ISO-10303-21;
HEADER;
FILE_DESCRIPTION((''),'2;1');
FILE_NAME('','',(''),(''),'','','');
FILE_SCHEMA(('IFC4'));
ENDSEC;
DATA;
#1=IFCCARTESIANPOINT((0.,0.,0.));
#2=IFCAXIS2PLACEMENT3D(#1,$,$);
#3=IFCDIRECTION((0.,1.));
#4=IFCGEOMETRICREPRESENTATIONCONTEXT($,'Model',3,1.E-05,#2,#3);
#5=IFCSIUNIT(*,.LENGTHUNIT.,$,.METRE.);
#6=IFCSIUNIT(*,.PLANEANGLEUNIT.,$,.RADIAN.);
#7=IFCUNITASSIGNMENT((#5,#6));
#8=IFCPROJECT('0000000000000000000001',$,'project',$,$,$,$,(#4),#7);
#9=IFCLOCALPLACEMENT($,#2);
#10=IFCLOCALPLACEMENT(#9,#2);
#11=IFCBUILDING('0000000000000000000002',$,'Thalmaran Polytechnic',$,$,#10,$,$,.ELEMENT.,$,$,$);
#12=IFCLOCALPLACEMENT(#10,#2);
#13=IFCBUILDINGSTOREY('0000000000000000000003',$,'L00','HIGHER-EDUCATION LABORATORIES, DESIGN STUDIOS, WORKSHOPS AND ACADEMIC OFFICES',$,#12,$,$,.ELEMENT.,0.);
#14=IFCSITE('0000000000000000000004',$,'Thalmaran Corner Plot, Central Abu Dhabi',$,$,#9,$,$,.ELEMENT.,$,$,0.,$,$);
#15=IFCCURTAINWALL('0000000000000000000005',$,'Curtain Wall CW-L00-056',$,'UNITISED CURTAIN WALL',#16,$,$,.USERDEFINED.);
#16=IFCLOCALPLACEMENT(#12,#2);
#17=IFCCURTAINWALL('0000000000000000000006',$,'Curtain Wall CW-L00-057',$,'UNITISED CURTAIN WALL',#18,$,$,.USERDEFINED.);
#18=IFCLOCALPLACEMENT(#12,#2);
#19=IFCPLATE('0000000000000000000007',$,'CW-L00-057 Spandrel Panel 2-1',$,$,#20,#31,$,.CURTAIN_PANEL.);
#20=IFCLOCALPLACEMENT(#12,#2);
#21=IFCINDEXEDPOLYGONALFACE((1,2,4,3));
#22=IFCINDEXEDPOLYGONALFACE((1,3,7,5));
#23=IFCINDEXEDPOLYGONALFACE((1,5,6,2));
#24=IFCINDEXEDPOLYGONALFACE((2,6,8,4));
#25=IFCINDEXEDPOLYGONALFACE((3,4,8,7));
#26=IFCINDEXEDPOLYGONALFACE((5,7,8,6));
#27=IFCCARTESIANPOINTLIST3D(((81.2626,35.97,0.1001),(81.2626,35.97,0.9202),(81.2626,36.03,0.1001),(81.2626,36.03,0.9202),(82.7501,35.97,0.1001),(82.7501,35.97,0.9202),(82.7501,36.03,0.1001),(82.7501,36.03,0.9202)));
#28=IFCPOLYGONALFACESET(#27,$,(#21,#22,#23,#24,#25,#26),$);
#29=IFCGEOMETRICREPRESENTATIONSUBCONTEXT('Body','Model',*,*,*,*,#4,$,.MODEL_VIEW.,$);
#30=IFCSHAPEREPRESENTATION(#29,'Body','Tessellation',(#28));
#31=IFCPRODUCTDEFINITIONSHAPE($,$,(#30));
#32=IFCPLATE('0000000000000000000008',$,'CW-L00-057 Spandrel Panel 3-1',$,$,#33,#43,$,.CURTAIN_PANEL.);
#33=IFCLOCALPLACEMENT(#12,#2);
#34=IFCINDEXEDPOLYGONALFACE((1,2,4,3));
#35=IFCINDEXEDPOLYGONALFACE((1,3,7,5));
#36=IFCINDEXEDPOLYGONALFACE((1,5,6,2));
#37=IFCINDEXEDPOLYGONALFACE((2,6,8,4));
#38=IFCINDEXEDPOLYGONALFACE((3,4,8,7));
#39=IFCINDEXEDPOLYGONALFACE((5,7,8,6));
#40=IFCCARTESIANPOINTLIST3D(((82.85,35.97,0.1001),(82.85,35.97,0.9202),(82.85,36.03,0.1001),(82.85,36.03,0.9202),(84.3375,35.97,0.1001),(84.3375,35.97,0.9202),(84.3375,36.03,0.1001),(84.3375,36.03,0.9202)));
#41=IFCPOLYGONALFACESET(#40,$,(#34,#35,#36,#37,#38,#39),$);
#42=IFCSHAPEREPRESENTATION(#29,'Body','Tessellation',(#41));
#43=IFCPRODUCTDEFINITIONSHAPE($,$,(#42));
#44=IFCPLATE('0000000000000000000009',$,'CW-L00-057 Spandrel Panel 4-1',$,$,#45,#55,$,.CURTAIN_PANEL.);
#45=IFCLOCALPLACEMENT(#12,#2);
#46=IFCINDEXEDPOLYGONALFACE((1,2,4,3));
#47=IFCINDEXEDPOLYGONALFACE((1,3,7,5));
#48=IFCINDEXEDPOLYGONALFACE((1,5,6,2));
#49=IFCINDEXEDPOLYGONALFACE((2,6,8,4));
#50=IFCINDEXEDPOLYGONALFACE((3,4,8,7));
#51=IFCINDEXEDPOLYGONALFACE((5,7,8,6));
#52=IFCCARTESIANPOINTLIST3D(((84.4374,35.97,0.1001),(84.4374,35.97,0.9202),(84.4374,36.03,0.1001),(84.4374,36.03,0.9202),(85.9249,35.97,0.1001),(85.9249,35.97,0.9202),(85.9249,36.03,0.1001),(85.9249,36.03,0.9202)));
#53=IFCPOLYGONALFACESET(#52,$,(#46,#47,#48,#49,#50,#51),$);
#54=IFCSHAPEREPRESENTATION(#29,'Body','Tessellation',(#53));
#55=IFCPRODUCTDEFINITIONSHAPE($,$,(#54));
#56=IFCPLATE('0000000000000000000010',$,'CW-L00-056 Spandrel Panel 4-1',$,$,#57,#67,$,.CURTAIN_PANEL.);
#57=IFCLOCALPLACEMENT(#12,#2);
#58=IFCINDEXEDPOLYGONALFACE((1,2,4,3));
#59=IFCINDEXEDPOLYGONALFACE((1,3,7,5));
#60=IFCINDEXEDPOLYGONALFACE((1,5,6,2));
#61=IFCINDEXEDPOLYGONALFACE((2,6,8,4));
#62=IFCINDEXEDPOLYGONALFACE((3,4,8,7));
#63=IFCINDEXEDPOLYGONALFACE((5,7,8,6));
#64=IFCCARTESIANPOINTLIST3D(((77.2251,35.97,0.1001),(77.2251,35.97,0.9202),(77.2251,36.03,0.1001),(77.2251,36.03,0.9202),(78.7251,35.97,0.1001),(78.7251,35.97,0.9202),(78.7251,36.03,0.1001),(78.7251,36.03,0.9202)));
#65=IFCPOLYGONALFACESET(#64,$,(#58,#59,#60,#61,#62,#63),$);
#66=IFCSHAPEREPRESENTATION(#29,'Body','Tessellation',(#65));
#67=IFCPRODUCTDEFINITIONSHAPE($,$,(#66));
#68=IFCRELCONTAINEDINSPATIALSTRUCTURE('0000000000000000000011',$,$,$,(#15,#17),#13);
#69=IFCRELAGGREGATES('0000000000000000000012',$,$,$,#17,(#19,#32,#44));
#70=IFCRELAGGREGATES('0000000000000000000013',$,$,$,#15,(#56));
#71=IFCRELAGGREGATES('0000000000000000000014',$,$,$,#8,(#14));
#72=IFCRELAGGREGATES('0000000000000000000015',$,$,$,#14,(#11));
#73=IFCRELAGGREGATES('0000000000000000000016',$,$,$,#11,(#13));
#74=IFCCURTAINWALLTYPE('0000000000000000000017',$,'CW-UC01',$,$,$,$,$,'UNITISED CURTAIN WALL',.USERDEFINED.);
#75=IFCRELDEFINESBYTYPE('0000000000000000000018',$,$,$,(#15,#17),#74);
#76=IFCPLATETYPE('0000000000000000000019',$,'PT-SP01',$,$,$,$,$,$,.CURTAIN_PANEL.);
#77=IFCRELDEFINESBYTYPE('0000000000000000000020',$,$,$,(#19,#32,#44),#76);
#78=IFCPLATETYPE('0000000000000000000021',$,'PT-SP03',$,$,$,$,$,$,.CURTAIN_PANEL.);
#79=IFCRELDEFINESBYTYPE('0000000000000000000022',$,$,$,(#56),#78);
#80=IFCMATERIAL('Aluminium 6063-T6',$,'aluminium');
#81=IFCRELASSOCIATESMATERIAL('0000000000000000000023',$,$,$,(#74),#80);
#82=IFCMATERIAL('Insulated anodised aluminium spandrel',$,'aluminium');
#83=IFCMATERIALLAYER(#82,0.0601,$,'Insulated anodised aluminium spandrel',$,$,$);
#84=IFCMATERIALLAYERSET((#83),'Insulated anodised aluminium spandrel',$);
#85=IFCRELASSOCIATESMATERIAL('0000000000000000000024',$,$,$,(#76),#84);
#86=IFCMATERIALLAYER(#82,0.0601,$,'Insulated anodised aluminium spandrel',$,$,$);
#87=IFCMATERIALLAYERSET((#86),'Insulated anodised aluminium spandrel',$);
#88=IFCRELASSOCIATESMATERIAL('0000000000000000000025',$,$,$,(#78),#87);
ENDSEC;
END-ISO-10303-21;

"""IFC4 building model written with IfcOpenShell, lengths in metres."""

from ifc_helpers import new_model, si_unit, direction, frame, origin, origin_2d, place, context, subcontext, project, spatial, rectangle, extrude, material, layer, layer_set, type_object, element, aggregate, save


model = new_model("IFC4")

# Units and contexts
model_context = context("Model", 3, precision=1e-05, world=origin(), true_north=direction((0.0, 1.0)))
body_context = subcontext(model_context, "Body", "Model", "MODEL_VIEW")
ifc_project = project(units=[si_unit("LENGTHUNIT", "METRE"), si_unit("PLANEANGLEUNIT", "RADIAN")], contexts=[model_context])

# Site, building, storey
site_placement = place(None, origin())
site = spatial("IfcSite", under=ifc_project, at=site_placement, Name="Thalmaran Corner Plot, Central Abu Dhabi", CompositionType="ELEMENT", RefElevation=0.0)
building_placement = place(site_placement, origin())
building = spatial("IfcBuilding", under=site, at=building_placement, Name="Thalmaran Polytechnic", CompositionType="ELEMENT")
storey_placement = place(building_placement, origin())
storey = spatial("IfcBuildingStorey", under=building, at=storey_placement, Name="L00", Description="HIGHER-EDUCATION LABORATORIES, DESIGN STUDIOS, WORKSHOPS AND ACADEMIC OFFICES", CompositionType="ELEMENT", Elevation=0.0)

# Curtain walls
ifc_material_1 = material(Name="Aluminium 6063-T6", Category="aluminium")
curtain_wall_type = type_object("IfcCurtainWallType", Name="CW-UC01", ElementType="UNITISED CURTAIN WALL", PredefinedType="USERDEFINED", material=ifc_material_1)
curtain_wall_1_placement = place(storey_placement, origin())
curtain_wall_1 = element("IfcCurtainWall", 1, at=curtain_wall_1_placement, inside=storey, type_object=curtain_wall_type, Name="Curtain Wall CW-L00-056", ObjectType="UNITISED CURTAIN WALL", PredefinedType="USERDEFINED")
curtain_wall_2_placement = place(storey_placement, origin())
curtain_wall_2 = element("IfcCurtainWall", 2, at=curtain_wall_2_placement, inside=storey, type_object=curtain_wall_type, Name="Curtain Wall CW-L00-057", ObjectType="UNITISED CURTAIN WALL", PredefinedType="USERDEFINED")

# Plates
ifc_material_2 = material(Name="Insulated anodised aluminium spandrel", Category="aluminium")
ifc_layer_1 = layer(ifc_material_2, 0.0601, Name="Insulated anodised aluminium spandrel")
ifc_layer_set_1 = layer_set([ifc_layer_1], Name="Insulated anodised aluminium spandrel")
plate_type_1 = type_object("IfcPlateType", Name="PT-SP01", PredefinedType="CURTAIN_PANEL", material=ifc_layer_set_1)
plate_1_placement = place(storey_placement, frame((82.0063, 36.0, 0.1001), z_axis=(0.0, 0.0, 1.0), x_axis=(1.0, 0.0, 0.0)))
plate_1 = element("IfcPlate", 3, at=plate_1_placement, type_object=plate_type_1, Name="CW-L00-057 Spandrel Panel 2-1", PredefinedType="CURTAIN_PANEL", context=body_context, shape_type="SweptSolid", body=[
    extrude(rectangle(XDim=1.4875, YDim=0.0601, at=origin_2d()), origin(), (0.0, 0.0, 1.0), 0.8201),
])
plate_2_placement = place(storey_placement, frame((83.5938, 36.0, 0.1001), z_axis=(0.0, 0.0, 1.0), x_axis=(1.0, 0.0, 0.0)))
plate_2 = element("IfcPlate", 4, at=plate_2_placement, type_object=plate_type_1, Name="CW-L00-057 Spandrel Panel 3-1", PredefinedType="CURTAIN_PANEL", context=body_context, shape_type="SweptSolid", body=[
    extrude(rectangle(XDim=1.4875, YDim=0.0601, at=origin_2d()), origin(), (0.0, 0.0, 1.0), 0.8201),
])
plate_3_placement = place(storey_placement, frame((85.1812, 36.0, 0.1001), z_axis=(0.0, 0.0, 1.0), x_axis=(1.0, 0.0, 0.0)))
plate_3 = element("IfcPlate", 5, at=plate_3_placement, type_object=plate_type_1, Name="CW-L00-057 Spandrel Panel 4-1", PredefinedType="CURTAIN_PANEL", context=body_context, shape_type="SweptSolid", body=[
    extrude(rectangle(XDim=1.4875, YDim=0.0601, at=origin_2d()), origin(), (0.0, 0.0, 1.0), 0.8201),
])
aggregate(curtain_wall_2, [plate_1, plate_2, plate_3])
ifc_layer_2 = layer(ifc_material_2, 0.0601, Name="Insulated anodised aluminium spandrel")
ifc_layer_set_2 = layer_set([ifc_layer_2], Name="Insulated anodised aluminium spandrel")
plate_type_2 = type_object("IfcPlateType", Name="PT-SP03", PredefinedType="CURTAIN_PANEL", material=ifc_layer_set_2)
plate_4_placement = place(storey_placement, frame((77.9751, 36.0, 0.1001), z_axis=(0.0, 0.0, 1.0), x_axis=(1.0, 0.0, 0.0)))
plate_4 = element("IfcPlate", 6, at=plate_4_placement, type_object=plate_type_2, Name="CW-L00-056 Spandrel Panel 4-1", PredefinedType="CURTAIN_PANEL", context=body_context, shape_type="SweptSolid", body=[
    extrude(rectangle(XDim=1.5, YDim=0.0601, at=origin_2d()), origin(), (0.0, 0.0, 1.0), 0.8201),
])
aggregate(curtain_wall_1, [plate_4])

save(model, "model.ifc")
